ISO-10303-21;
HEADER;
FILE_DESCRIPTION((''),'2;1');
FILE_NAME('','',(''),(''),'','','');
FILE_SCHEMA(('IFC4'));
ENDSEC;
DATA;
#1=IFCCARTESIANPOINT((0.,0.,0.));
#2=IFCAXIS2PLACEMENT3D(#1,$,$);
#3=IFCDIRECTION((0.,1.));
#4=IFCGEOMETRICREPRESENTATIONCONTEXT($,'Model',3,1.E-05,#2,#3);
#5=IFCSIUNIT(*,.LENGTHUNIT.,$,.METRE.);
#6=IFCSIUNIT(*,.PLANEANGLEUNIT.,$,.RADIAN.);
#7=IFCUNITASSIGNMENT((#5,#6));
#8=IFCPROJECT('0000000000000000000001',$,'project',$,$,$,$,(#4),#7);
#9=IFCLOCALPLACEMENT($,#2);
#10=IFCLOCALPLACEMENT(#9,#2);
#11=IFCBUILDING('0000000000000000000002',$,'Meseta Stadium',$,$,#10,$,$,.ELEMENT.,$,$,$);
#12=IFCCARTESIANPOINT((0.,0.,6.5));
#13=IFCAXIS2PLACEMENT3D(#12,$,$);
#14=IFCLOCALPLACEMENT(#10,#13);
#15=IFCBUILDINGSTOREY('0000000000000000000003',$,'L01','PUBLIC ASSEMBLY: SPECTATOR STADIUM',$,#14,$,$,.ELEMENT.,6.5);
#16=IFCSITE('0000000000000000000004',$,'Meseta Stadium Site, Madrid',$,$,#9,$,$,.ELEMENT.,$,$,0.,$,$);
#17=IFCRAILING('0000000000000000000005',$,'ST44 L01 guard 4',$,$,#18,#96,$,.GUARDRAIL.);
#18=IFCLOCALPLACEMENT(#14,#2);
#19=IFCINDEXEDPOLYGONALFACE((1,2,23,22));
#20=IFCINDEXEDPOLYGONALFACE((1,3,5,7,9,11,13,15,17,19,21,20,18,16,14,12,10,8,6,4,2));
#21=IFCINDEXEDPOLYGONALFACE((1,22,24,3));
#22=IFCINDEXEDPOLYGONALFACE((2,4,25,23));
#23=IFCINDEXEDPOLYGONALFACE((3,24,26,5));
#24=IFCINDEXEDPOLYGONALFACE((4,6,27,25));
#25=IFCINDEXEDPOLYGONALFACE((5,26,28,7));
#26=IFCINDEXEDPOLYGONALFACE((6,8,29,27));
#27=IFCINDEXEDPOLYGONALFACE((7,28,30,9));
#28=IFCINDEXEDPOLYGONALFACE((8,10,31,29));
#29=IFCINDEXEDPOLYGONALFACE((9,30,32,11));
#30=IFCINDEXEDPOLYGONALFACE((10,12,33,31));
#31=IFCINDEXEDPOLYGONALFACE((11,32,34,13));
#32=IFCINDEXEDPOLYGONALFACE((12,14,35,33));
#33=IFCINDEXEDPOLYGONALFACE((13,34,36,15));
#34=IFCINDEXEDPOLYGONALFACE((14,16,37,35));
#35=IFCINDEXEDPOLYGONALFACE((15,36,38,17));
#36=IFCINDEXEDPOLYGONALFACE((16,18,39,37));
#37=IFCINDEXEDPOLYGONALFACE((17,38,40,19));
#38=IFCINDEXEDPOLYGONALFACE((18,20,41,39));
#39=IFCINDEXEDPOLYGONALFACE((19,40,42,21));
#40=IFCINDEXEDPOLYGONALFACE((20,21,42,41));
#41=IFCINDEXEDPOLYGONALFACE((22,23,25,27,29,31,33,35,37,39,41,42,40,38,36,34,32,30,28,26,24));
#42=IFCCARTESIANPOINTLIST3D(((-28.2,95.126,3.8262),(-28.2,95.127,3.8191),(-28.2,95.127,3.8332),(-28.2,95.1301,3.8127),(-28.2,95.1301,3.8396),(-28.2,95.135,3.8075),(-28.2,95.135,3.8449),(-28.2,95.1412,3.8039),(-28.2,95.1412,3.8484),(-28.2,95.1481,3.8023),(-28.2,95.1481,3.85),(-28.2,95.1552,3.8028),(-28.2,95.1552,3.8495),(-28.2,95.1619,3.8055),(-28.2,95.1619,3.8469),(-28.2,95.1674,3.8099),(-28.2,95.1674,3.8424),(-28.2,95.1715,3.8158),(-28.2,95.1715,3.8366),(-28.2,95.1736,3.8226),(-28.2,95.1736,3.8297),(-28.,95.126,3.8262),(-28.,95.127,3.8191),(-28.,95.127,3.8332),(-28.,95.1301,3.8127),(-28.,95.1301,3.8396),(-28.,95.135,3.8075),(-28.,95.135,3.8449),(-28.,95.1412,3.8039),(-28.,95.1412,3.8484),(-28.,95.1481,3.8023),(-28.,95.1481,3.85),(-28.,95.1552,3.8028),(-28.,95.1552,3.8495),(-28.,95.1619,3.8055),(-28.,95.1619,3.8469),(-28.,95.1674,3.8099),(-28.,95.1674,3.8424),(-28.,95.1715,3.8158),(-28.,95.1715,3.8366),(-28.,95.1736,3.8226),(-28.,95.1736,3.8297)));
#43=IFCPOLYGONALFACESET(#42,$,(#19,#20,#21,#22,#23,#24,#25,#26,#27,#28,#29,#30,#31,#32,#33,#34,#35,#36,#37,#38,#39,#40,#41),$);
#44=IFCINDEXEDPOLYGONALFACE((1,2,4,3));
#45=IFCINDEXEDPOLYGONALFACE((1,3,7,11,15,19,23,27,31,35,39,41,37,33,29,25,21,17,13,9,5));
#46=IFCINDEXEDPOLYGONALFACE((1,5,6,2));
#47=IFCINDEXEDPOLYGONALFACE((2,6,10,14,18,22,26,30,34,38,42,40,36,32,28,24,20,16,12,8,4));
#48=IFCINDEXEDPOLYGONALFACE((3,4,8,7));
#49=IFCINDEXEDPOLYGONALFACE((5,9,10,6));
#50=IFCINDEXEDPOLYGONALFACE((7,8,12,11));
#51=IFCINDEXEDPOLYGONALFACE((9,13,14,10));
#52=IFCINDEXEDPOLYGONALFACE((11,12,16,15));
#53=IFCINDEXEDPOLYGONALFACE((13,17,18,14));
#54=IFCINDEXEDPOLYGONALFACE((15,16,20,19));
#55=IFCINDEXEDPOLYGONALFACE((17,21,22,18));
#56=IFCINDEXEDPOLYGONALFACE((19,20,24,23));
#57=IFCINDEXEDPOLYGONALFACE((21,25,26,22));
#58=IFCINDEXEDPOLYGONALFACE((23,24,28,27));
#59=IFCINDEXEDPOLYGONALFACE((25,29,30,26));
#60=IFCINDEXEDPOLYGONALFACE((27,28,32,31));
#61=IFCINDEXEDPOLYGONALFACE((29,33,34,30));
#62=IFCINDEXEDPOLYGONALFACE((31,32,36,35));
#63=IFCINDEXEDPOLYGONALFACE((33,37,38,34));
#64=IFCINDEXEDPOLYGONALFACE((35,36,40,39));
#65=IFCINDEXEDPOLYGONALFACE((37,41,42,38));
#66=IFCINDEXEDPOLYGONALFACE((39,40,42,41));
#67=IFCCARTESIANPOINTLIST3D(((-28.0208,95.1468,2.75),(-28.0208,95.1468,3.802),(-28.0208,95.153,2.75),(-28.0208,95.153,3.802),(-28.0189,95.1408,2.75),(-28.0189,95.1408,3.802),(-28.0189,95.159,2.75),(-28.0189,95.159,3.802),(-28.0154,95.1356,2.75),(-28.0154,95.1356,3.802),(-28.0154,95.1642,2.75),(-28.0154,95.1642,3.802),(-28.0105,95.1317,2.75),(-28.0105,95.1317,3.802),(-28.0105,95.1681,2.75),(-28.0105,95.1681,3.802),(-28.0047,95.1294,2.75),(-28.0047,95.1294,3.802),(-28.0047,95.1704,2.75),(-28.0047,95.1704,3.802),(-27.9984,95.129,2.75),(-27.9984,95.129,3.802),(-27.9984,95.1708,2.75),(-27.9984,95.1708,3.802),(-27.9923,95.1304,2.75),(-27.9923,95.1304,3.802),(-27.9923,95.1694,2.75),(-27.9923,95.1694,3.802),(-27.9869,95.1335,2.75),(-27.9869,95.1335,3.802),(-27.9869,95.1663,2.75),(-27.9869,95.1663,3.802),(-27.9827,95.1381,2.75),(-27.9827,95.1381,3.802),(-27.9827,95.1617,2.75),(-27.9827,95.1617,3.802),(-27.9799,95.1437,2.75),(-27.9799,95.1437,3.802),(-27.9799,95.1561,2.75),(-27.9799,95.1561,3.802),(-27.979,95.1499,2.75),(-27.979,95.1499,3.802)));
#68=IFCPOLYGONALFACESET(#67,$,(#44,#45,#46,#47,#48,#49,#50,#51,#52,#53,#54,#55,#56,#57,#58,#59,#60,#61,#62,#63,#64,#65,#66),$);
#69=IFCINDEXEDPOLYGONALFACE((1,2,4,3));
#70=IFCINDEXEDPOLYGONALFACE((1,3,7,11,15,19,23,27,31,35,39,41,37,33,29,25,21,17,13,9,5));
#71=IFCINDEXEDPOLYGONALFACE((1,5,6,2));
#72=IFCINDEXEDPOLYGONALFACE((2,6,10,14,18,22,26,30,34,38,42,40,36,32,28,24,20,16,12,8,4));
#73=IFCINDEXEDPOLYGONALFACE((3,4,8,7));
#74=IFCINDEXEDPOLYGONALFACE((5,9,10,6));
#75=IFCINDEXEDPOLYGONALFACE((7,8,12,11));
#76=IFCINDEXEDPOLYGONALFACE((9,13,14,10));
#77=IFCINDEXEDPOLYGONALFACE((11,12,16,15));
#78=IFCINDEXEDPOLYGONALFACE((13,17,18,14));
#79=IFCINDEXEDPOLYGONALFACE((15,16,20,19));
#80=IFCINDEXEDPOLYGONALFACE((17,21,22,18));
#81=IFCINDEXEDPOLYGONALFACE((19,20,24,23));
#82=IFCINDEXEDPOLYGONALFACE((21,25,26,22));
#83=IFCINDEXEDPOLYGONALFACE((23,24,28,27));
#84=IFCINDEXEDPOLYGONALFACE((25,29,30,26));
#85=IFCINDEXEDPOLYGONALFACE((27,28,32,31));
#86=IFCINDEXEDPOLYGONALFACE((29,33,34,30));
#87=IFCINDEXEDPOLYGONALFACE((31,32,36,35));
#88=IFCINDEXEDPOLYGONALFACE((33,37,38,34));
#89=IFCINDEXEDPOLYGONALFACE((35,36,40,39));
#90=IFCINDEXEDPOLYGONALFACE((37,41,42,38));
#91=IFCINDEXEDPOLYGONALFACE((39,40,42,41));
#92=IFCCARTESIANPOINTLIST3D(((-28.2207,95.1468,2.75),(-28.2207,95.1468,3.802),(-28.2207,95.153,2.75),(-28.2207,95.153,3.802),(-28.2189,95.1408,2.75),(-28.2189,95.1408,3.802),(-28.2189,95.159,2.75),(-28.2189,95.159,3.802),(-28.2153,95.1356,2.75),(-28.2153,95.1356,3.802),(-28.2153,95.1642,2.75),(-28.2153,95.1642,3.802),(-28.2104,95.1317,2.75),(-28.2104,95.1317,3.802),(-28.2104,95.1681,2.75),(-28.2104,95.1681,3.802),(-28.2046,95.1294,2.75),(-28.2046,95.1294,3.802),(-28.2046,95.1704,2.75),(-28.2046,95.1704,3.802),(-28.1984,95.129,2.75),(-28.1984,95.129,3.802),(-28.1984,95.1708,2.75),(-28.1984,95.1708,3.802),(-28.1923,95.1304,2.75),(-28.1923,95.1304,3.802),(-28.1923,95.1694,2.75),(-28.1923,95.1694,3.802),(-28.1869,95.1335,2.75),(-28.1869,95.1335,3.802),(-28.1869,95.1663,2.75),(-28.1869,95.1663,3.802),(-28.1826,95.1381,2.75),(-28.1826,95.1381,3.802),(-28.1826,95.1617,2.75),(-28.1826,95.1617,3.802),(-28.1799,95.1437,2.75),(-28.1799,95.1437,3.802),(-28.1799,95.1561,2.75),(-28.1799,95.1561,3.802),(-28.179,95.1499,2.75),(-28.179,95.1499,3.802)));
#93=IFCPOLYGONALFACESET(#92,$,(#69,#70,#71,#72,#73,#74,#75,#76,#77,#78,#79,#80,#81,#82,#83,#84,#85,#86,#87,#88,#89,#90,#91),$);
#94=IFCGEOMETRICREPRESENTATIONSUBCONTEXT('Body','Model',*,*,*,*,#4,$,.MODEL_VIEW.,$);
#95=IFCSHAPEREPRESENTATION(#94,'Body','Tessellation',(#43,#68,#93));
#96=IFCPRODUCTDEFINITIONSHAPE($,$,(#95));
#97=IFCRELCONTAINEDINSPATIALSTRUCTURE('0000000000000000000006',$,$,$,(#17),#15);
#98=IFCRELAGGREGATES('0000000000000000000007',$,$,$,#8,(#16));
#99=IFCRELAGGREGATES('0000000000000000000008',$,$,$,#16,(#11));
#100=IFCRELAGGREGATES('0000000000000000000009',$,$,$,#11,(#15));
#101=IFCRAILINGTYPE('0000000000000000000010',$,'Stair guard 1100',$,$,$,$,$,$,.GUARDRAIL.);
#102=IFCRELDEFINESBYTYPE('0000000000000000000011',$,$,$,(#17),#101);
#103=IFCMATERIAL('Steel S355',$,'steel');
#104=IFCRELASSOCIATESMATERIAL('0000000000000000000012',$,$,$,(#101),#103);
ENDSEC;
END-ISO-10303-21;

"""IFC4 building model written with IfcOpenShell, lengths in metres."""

from ifc_helpers import new_model, si_unit, direction, frame, origin, origin_2d, place, context, subcontext, project, spatial, circle, extrude, material, type_object, element, save


model = new_model("IFC4")

# Units and contexts
model_context = context("Model", 3, precision=1e-05, world=origin(), true_north=direction((0.0, 1.0)))
body_context = subcontext(model_context, "Body", "Model", "MODEL_VIEW")
ifc_project = project(units=[si_unit("LENGTHUNIT", "METRE"), si_unit("PLANEANGLEUNIT", "RADIAN")], contexts=[model_context])

# Site, building, storey
site_placement = place(None, origin())
site = spatial("IfcSite", under=ifc_project, at=site_placement, Name="Meseta Stadium Site, Madrid", CompositionType="ELEMENT", RefElevation=0.0)
building_placement = place(site_placement, origin())
building = spatial("IfcBuilding", under=site, at=building_placement, Name="Meseta Stadium", CompositionType="ELEMENT")
storey_placement = place(building_placement, frame((0.0, 0.0, 6.5)))
storey = spatial("IfcBuildingStorey", under=building, at=storey_placement, Name="L01", Description="PUBLIC ASSEMBLY: SPECTATOR STADIUM", CompositionType="ELEMENT", Elevation=6.5)

# Railing
ifc_material_1 = material(Name="Steel S355", Category="steel")
railing_type_1 = type_object("IfcRailingType", Name="Stair guard 1100", PredefinedType="GUARDRAIL", material=ifc_material_1)
railing_1_placement = place(storey_placement, frame((-28.0, 95.1499, 2.75)))
element("IfcRailing", 1, at=railing_1_placement, inside=storey, type_object=railing_type_1, Name="ST44 L01 guard 4", PredefinedType="GUARDRAIL", context=body_context, shape_type="SweptSolid", body=[
    extrude(circle(Radius=0.0239, at=origin_2d()), frame((0.0, 0.0, 1.0762), z_axis=(-1.0, 0.0, 0.0), x_axis=(0.0, -1.0, 0.0)), (0.0, 0.0, 1.0), 0.2),
    extrude(circle(Radius=0.021, at=origin_2d()), origin(), (0.0, 0.0, 1.0), 1.052),
    extrude(circle(Radius=0.021, at=origin_2d()), frame((-0.2, 0.0, 0.0)), (0.0, 0.0, 1.0), 1.052),
])

save(model, "model.ifc")
